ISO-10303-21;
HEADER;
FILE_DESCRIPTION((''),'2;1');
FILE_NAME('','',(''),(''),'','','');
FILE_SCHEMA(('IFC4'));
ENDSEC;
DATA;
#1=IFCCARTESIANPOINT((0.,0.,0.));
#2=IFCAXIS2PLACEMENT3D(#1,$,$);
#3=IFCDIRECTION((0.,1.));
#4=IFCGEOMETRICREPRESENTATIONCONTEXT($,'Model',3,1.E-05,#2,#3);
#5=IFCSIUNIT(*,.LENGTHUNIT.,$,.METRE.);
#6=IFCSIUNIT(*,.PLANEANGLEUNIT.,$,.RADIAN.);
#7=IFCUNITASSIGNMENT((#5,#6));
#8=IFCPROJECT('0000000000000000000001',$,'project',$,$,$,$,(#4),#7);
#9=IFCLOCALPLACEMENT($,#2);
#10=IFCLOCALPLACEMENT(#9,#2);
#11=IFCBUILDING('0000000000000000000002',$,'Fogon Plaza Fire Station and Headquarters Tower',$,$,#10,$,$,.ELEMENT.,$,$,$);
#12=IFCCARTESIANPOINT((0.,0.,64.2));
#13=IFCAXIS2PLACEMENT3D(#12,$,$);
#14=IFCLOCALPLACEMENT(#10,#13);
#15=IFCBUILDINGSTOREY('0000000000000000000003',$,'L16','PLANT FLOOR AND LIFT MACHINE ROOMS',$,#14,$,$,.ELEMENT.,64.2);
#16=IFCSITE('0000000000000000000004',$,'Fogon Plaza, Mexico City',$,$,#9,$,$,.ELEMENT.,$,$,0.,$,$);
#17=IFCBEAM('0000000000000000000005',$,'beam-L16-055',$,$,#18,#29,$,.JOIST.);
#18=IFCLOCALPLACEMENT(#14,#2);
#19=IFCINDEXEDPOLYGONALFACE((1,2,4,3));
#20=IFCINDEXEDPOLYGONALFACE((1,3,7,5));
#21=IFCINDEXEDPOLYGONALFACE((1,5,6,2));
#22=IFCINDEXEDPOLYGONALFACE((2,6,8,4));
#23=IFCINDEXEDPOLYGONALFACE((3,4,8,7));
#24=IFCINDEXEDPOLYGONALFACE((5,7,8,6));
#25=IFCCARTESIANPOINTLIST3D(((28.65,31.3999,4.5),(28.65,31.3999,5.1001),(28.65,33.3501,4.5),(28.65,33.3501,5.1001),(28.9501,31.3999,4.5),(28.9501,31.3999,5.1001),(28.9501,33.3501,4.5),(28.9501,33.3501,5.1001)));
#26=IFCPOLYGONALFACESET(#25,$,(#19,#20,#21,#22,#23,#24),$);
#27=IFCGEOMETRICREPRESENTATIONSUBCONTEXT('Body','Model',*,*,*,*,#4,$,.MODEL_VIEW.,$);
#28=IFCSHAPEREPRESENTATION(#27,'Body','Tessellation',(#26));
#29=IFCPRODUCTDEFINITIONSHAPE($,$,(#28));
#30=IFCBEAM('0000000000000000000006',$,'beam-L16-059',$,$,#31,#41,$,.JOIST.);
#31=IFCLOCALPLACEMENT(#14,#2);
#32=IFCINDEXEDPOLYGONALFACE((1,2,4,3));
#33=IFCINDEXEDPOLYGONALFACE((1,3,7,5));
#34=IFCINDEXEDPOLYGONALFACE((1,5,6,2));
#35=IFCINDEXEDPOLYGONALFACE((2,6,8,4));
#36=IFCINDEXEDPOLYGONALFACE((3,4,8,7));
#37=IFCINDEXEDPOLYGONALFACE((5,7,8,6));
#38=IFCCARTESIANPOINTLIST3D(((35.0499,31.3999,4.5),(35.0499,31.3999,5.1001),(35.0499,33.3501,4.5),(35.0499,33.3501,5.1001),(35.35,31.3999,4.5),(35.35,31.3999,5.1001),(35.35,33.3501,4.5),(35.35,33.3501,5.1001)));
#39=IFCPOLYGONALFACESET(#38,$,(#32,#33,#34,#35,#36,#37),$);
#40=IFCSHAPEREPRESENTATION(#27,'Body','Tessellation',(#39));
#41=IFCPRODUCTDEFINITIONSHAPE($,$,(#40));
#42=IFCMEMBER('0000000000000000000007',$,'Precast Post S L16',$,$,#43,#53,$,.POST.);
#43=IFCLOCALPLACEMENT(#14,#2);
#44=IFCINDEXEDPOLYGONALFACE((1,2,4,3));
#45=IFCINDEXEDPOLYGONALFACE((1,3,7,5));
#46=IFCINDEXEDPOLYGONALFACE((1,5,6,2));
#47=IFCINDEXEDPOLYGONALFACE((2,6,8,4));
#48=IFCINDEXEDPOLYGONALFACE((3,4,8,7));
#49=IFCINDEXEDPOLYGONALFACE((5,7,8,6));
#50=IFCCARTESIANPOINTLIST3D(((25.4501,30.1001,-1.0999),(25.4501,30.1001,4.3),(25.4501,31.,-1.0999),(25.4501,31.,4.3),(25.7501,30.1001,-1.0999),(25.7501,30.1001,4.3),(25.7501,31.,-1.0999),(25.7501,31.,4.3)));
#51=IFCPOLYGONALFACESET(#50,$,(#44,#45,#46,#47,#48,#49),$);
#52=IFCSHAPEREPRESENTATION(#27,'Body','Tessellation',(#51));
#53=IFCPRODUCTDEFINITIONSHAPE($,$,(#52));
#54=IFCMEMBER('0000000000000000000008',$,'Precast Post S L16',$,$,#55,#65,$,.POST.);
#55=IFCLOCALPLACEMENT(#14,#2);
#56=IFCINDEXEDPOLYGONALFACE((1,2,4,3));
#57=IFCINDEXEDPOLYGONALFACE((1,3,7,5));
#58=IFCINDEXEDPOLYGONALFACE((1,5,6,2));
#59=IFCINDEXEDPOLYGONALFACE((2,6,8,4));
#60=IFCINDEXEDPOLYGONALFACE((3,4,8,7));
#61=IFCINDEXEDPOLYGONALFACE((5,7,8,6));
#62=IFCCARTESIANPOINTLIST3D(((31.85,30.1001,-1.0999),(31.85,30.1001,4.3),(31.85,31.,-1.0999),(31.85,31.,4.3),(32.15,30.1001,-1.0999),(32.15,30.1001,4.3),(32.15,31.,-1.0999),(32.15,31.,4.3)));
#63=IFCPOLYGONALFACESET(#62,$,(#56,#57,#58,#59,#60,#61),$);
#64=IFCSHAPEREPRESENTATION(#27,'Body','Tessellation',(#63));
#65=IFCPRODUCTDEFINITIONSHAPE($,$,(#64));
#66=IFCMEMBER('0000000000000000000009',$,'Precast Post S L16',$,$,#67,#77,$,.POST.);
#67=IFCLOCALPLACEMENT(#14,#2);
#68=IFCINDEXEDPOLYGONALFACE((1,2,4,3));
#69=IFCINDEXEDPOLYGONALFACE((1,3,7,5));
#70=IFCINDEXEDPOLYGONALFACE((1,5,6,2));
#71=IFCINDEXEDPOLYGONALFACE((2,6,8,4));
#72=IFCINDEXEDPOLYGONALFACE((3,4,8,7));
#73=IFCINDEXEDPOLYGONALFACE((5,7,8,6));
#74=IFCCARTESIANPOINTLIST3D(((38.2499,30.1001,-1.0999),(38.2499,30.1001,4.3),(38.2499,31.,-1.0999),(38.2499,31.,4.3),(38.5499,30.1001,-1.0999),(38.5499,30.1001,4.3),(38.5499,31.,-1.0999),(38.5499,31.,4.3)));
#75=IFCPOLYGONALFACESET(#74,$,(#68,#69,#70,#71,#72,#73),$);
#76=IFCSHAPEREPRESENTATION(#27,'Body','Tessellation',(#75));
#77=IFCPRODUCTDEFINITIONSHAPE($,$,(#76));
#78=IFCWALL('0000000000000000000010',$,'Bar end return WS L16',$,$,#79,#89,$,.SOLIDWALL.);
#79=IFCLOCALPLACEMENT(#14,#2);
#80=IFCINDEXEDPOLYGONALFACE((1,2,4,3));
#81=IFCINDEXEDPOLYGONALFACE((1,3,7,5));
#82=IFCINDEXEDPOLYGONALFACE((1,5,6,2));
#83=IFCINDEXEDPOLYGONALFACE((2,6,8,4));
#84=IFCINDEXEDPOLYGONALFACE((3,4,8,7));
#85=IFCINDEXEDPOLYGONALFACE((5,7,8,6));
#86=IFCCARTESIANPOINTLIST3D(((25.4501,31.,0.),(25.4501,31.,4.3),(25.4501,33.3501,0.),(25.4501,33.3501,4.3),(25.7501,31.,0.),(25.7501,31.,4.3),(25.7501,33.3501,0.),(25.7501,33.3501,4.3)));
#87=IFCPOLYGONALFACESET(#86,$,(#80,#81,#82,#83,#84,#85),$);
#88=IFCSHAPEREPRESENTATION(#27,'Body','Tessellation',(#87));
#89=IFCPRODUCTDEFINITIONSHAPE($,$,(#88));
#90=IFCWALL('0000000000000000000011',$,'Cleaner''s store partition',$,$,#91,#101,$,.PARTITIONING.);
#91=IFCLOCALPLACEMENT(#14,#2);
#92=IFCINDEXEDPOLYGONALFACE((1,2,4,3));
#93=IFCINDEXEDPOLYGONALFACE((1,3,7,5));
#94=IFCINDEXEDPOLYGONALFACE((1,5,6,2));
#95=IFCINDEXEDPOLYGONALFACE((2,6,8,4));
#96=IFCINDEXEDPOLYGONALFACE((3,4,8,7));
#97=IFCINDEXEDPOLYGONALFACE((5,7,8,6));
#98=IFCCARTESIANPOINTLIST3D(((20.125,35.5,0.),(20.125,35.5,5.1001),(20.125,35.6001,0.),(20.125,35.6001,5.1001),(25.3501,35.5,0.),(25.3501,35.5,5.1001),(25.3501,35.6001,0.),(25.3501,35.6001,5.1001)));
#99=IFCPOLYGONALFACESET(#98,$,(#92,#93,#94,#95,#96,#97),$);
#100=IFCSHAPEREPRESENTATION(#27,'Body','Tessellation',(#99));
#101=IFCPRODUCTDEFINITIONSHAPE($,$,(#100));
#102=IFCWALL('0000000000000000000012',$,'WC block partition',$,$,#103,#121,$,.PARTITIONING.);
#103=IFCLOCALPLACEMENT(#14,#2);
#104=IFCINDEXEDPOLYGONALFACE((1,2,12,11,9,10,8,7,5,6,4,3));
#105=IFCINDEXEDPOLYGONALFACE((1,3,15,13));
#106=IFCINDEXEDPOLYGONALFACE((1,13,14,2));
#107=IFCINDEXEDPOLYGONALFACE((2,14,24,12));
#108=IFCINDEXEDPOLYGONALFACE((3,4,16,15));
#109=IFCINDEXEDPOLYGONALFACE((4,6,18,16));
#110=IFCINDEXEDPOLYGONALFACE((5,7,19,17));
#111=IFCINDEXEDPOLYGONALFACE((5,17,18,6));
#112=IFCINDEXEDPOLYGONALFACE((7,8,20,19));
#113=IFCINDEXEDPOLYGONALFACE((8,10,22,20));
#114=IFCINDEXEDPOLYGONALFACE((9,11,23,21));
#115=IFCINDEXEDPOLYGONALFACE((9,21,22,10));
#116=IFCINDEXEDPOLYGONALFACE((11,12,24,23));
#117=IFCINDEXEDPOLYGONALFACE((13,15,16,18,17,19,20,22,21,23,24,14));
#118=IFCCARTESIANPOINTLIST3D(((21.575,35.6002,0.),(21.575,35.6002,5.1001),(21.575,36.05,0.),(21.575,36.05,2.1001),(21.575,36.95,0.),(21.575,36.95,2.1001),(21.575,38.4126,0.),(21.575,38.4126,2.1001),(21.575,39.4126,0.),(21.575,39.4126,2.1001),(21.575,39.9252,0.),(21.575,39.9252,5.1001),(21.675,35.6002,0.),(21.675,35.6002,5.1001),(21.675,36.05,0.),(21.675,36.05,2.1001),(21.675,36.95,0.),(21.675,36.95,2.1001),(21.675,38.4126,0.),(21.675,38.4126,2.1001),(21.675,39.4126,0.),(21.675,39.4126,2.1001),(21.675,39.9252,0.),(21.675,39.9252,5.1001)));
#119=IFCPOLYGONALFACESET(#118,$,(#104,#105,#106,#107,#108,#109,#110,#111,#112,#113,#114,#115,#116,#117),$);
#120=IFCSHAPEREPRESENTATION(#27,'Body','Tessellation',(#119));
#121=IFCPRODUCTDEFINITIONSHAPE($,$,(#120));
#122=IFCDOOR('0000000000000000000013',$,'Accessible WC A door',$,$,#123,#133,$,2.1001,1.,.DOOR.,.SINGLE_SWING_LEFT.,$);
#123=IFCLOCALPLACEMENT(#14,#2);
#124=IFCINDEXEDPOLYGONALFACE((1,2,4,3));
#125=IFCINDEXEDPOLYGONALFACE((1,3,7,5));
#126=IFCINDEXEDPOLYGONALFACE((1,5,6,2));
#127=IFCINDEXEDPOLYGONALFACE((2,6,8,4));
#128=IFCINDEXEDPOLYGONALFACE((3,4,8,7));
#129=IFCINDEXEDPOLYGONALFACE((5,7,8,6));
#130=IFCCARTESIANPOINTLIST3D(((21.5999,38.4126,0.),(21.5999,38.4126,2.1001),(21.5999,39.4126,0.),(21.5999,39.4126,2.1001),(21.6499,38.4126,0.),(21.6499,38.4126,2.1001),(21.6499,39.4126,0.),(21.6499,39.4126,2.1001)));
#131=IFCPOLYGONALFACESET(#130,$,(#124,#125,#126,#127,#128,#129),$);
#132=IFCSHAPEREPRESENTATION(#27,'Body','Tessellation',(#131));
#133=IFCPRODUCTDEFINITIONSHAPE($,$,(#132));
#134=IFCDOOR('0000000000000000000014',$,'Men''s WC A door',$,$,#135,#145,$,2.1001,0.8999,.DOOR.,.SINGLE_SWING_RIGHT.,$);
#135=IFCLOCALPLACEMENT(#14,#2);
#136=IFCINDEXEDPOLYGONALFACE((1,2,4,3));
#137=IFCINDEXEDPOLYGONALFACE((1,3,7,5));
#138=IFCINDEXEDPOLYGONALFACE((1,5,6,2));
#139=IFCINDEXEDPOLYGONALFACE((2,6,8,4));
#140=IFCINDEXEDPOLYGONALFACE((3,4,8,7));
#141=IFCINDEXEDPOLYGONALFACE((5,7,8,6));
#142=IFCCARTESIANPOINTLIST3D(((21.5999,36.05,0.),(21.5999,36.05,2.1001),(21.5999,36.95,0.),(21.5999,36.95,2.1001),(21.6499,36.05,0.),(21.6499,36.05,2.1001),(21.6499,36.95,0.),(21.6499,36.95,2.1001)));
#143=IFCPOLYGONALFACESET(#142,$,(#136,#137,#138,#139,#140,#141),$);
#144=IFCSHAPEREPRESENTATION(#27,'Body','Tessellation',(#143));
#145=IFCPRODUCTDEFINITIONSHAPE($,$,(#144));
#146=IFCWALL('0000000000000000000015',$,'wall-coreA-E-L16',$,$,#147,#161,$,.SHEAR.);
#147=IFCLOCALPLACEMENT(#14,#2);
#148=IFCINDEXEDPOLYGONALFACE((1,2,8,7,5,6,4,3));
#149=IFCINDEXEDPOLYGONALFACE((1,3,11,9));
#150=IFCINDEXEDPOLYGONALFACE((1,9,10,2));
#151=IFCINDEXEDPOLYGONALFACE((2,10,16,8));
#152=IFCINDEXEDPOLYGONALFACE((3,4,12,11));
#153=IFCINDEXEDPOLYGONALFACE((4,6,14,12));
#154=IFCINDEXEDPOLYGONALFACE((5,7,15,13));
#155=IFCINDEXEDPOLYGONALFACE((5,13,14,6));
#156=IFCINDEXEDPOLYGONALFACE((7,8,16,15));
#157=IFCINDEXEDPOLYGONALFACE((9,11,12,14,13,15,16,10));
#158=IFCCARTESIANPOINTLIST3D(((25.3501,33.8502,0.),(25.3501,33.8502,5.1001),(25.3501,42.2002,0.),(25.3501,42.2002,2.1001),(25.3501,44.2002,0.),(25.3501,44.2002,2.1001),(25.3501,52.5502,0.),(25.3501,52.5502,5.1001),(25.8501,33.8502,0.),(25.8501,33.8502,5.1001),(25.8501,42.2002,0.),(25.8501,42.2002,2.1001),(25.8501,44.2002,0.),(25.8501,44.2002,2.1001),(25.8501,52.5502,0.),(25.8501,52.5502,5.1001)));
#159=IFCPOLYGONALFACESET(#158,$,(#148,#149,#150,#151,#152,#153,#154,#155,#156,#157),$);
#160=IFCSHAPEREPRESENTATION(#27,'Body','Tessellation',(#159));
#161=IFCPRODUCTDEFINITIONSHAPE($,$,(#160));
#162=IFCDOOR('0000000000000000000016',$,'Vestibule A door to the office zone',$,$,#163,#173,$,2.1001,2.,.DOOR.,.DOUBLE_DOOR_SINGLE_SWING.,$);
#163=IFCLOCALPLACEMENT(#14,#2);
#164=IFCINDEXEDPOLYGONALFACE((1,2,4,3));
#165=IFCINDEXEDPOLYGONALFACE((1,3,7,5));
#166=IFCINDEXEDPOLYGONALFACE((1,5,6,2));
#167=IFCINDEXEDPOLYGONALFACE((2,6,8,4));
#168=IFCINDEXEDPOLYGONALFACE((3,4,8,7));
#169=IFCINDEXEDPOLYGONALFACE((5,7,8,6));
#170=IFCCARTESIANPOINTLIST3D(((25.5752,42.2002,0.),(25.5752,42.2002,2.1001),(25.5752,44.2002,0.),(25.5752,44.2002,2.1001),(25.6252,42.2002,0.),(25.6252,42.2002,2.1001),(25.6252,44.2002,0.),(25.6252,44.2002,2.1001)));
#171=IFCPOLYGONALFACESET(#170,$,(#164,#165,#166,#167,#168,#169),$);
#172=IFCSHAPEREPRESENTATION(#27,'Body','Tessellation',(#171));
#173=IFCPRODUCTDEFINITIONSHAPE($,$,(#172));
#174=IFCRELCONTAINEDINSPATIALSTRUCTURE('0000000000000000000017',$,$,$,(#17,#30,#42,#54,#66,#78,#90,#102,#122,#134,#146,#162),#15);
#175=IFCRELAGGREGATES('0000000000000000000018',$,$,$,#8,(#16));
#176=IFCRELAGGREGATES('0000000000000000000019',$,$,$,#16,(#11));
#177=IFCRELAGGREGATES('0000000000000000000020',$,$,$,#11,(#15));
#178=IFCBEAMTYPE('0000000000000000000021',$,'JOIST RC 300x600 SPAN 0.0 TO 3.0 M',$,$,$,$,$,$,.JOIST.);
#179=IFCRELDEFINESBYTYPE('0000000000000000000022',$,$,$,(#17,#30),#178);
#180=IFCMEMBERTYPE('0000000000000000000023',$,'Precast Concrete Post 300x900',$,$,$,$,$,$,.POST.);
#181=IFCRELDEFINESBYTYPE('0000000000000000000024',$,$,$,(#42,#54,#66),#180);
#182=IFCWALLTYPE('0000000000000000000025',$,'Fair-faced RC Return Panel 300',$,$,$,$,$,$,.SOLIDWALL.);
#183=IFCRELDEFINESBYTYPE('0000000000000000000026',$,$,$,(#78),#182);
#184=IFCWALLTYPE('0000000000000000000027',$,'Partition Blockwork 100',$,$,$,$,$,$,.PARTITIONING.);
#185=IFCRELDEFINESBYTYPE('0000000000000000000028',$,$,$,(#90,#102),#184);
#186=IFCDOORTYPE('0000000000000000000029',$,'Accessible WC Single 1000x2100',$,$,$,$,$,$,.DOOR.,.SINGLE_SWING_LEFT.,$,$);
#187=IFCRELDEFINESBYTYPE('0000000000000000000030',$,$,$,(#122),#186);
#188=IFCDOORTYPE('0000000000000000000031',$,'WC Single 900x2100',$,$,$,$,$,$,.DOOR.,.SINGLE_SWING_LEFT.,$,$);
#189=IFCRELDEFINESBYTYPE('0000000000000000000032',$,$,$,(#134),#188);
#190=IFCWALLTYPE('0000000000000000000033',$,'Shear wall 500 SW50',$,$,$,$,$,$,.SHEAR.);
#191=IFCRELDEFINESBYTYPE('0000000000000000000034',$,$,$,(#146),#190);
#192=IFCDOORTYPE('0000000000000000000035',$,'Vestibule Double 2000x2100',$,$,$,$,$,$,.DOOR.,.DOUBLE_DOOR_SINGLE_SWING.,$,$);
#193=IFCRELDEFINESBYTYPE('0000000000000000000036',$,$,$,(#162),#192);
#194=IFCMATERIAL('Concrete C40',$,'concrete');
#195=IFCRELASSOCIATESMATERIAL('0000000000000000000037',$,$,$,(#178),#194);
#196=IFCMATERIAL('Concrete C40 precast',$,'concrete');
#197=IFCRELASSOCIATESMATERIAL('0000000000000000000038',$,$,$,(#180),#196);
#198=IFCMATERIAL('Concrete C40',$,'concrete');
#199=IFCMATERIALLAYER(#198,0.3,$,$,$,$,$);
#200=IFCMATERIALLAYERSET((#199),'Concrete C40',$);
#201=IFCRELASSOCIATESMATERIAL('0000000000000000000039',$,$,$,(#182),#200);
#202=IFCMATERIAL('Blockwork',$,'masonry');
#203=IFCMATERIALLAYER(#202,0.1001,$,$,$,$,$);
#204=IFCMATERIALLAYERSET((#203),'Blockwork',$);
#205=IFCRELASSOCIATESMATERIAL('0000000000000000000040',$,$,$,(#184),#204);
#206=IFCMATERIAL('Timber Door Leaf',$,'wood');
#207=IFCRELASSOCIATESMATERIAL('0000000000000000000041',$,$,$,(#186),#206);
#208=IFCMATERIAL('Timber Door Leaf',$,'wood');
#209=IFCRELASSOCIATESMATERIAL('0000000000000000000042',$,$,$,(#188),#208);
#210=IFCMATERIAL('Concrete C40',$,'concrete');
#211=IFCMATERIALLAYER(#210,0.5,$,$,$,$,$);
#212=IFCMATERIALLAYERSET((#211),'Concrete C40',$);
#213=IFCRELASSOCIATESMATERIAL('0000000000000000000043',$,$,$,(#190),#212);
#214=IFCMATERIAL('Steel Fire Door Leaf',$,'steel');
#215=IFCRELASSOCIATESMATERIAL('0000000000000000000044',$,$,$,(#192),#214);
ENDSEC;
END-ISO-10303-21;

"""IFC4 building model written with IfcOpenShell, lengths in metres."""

from ifc_helpers import new_model, si_unit, direction, frame, frame_2d, origin, origin_2d, place, context, subcontext, project, spatial, rectangle, extrude, material, layer, layer_set, material_profile, profile_set, type_object, element, fill, save


model = new_model("IFC4")

# Units and contexts
model_context = context("Model", 3, precision=1e-05, world=origin(), true_north=direction((0.0, 1.0)))
body_context = subcontext(model_context, "Body", "Model", "MODEL_VIEW")
ifc_project = project(units=[si_unit("LENGTHUNIT", "METRE"), si_unit("PLANEANGLEUNIT", "RADIAN")], contexts=[model_context])

# Site, building, storey
site_placement = place(None, origin())
site = spatial("IfcSite", under=ifc_project, at=site_placement, Name="Fogon Plaza, Mexico City", CompositionType="ELEMENT", RefElevation=0.0)
building_placement = place(site_placement, origin())
building = spatial("IfcBuilding", under=site, at=building_placement, Name="Fogon Plaza Fire Station and Headquarters Tower", CompositionType="ELEMENT")
storey_placement = place(building_placement, frame((0.0, 0.0, 64.2)))
storey = spatial("IfcBuildingStorey", under=building, at=storey_placement, Name="L16", Description="PLANT FLOOR AND LIFT MACHINE ROOMS", CompositionType="ELEMENT", Elevation=64.2)

# Beams
ifc_material_1 = material(Name="Concrete C40", Category="concrete")
ifc_material_profile_1 = material_profile(ifc_material_1, rectangle(XDim=0.3, YDim=0.6001, at=origin_2d()), Name="RC 300x600")
ifc_profile_set_1 = profile_set([ifc_material_profile_1], Name="Concrete C40")
beam_type_1 = type_object("IfcBeamType", Name="JOIST RC 300x600 SPAN 0.0 TO 3.0 M", PredefinedType="JOIST", material=ifc_profile_set_1)
for number, where, z_axis, x_axis, name in (
    (1, (28.8, 31.3999, 4.8), (0.0, 1.0, 0.0), (-1.0, 0.0, 0.0), "beam-L16-055"),
    (2, (35.2, 31.3999, 4.8), (0.0, 1.0, 0.0), (-1.0, 0.0, 0.0), "beam-L16-059"),
):
    element("IfcBeam", number, at=place(storey_placement, frame(where, z_axis=z_axis, x_axis=x_axis)), inside=storey, type_object=beam_type_1, Name=name, PredefinedType="JOIST", context=body_context, shape_type="SweptSolid", body=[
        extrude(rectangle(XDim=0.3, YDim=0.6001, at=origin_2d()), origin(), (0.0, 0.0, 1.0), 1.9502),
    ])

# Members
ifc_material_2 = material(Name="Concrete C40 precast", Category="concrete")
ifc_material_profile_2 = material_profile(ifc_material_2, rectangle(XDim=0.3, YDim=0.8999, at=origin_2d()), Name="Precast Concrete Post 300x900")
ifc_profile_set_2 = profile_set([ifc_material_profile_2], Name="Concrete C40 precast")
member_type = type_object("IfcMemberType", Name="Precast Concrete Post 300x900", PredefinedType="POST", material=ifc_profile_set_2)
for number, where, z_axis, x_axis, name in (
    (3, (25.6001, 30.55, -1.0999), (0.0, 0.0, 1.0), (1.0, 0.0, 0.0), "Precast Post S L16"),
    (4, (32.0, 30.55, -1.0999), (0.0, 0.0, 1.0), (1.0, 0.0, 0.0), "Precast Post S L16"),
    (5, (38.3999, 30.55, -1.0999), (0.0, 0.0, 1.0), (1.0, 0.0, 0.0), "Precast Post S L16"),
):
    element("IfcMember", number, at=place(storey_placement, frame(where, z_axis=z_axis, x_axis=x_axis)), inside=storey, type_object=member_type, Name=name, PredefinedType="POST", context=body_context, shape_type="SweptSolid", body=[
        extrude(rectangle(XDim=0.3, YDim=0.8999, at=origin_2d()), origin(), (0.0, 0.0, 1.0), 5.3999),
    ])

# Walls
ifc_material_3 = material(Name="Concrete C40", Category="concrete")
ifc_layer_1 = layer(ifc_material_3, 0.3)
ifc_layer_set_1 = layer_set([ifc_layer_1], Name="Concrete C40")
wall_type_1 = type_object("IfcWallType", Name="Fair-faced RC Return Panel 300", PredefinedType="SOLIDWALL", material=ifc_layer_set_1)
wall_1_placement = place(storey_placement, frame((25.6001, 31.0, 0.0), z_axis=(0.0, 0.0, 1.0), x_axis=(0.0, 1.0, 0.0)))
element("IfcWall", 6, at=wall_1_placement, inside=storey, type_object=wall_type_1, Name="Bar end return WS L16", PredefinedType="SOLIDWALL", context=body_context, shape_type="SweptSolid", body=[
    extrude(rectangle(XDim=2.3501, YDim=0.3, at=frame_2d((1.175, 0.0))), origin(), (0.0, 0.0, 1.0), 4.3),
])
ifc_material_4 = material(Name="Blockwork", Category="masonry")
ifc_layer_2 = layer(ifc_material_4, 0.1001)
ifc_layer_set_2 = layer_set([ifc_layer_2], Name="Blockwork")
wall_type_2 = type_object("IfcWallType", Name="Partition Blockwork 100", PredefinedType="PARTITIONING", material=ifc_layer_set_2)
wall_2_placement = place(storey_placement, frame((20.125, 35.55, 0.0), z_axis=(0.0, 0.0, 1.0), x_axis=(1.0, 0.0, 0.0)))
element("IfcWall", 7, at=wall_2_placement, inside=storey, type_object=wall_type_2, Name="Cleaner's store partition", PredefinedType="PARTITIONING", context=body_context, shape_type="SweptSolid", body=[
    extrude(rectangle(XDim=5.2251, YDim=0.1001, at=frame_2d((2.6125, 0.0))), origin(), (0.0, 0.0, 1.0), 5.1001),
])

# Wall, openings, doors
wall_3_placement = place(storey_placement, frame((21.625, 35.6001, 0.0), z_axis=(0.0, 0.0, 1.0), x_axis=(0.0, 1.0, 0.0)))
wall_3 = element("IfcWall", 8, at=wall_3_placement, inside=storey, type_object=wall_type_2, Name="WC block partition", PredefinedType="PARTITIONING", context=body_context, shape_type="SweptSolid", body=[
    extrude(rectangle(XDim=4.325, YDim=0.1001, at=frame_2d((2.1626, 0.0))), origin(), (0.0, 0.0, 1.0), 5.1001),
])
opening_1_placement = place(wall_3_placement, frame((0.45, 0.0, 0.0)))
opening_1 = element("IfcOpeningElement", 9, at=opening_1_placement, cuts=wall_3, PredefinedType="OPENING", context=body_context, shape_type="SweptSolid", body=[
    extrude(rectangle(XDim=0.8999, YDim=2.1001, at=frame_2d((0.45, 1.05))), frame((0.0, 0.0601, 0.0), z_axis=(0.0, -1.0, 0.0), x_axis=(1.0, 0.0, 0.0)), (0.0, 0.0, 1.0), 0.1201),
])
opening_2_placement = place(wall_3_placement, frame((2.8125, 0.0, 0.0)))
opening_2 = element("IfcOpeningElement", 10, at=opening_2_placement, cuts=wall_3, PredefinedType="OPENING", context=body_context, shape_type="SweptSolid", body=[
    extrude(rectangle(XDim=1.0, YDim=2.1001, at=frame_2d((0.5, 1.05))), frame((0.0, 0.0601, 0.0), z_axis=(0.0, -1.0, 0.0), x_axis=(1.0, 0.0, 0.0)), (0.0, 0.0, 1.0), 0.1201),
])
ifc_material_5 = material(Name="Timber Door Leaf", Category="wood")
door_type_1 = type_object("IfcDoorType", Name="Accessible WC Single 1000x2100", OperationType="SINGLE_SWING_LEFT", PredefinedType="DOOR", material=ifc_material_5)
door_1_placement = place(opening_2_placement, frame((1.0, 0.0, 0.0), z_axis=(0.0, 0.0, 1.0), x_axis=(-1.0, 0.0, 0.0)))
door_1 = element("IfcDoor", 11, at=door_1_placement, inside=storey, type_object=door_type_1, Name="Accessible WC A door", OperationType="SINGLE_SWING_LEFT", OverallHeight=2.1001, OverallWidth=1.0, PredefinedType="DOOR", context=body_context, shape_type="SweptSolid", body=[
    extrude(rectangle(XDim=1.0, YDim=2.1001, at=frame_2d((0.5, 1.05))), frame((0.0, 0.0249, 0.0), z_axis=(0.0, -1.0, 0.0), x_axis=(1.0, 0.0, 0.0)), (0.0, 0.0, 1.0), 0.05),
])
fill(opening_2, door_1)
ifc_material_6 = material(Name="Timber Door Leaf", Category="wood")
door_type_2 = type_object("IfcDoorType", Name="WC Single 900x2100", OperationType="SINGLE_SWING_LEFT", PredefinedType="DOOR", material=ifc_material_6)
door_2_placement = place(opening_1_placement, frame((0.8999, 0.0, 0.0), z_axis=(0.0, 0.0, 1.0), x_axis=(-1.0, 0.0, 0.0)))
door_2 = element("IfcDoor", 12, at=door_2_placement, inside=storey, type_object=door_type_2, Name="Men's WC A door", OperationType="SINGLE_SWING_RIGHT", OverallHeight=2.1001, OverallWidth=0.8999, PredefinedType="DOOR", context=body_context, shape_type="SweptSolid", body=[
    extrude(rectangle(XDim=0.8999, YDim=2.1001, at=frame_2d((0.45, 1.05))), frame((0.0, 0.0249, 0.0), z_axis=(0.0, -1.0, 0.0), x_axis=(1.0, 0.0, 0.0)), (0.0, 0.0, 1.0), 0.05),
])
fill(opening_1, door_2)

# Wall, opening, door
ifc_material_7 = material(Name="Concrete C40", Category="concrete")
ifc_layer_3 = layer(ifc_material_7, 0.5)
ifc_layer_set_3 = layer_set([ifc_layer_3], Name="Concrete C40")
wall_type_3 = type_object("IfcWallType", Name="Shear wall 500 SW50", PredefinedType="SHEAR", material=ifc_layer_set_3)
wall_4_placement = place(storey_placement, frame((25.6001, 33.8501, 0.0), z_axis=(0.0, 0.0, 1.0), x_axis=(0.0, 1.0, 0.0)))
wall_4 = element("IfcWall", 13, at=wall_4_placement, inside=storey, type_object=wall_type_3, Name="wall-coreA-E-L16", PredefinedType="SHEAR", context=body_context, shape_type="SweptSolid", body=[
    extrude(rectangle(XDim=18.7, YDim=0.5, at=frame_2d((9.3501, 0.0))), origin(), (0.0, 0.0, 1.0), 5.1001),
])
opening_3_placement = place(wall_4_placement, frame((8.3501, 0.0, 0.0)))
opening_3 = element("IfcOpeningElement", 14, at=opening_3_placement, cuts=wall_4, PredefinedType="OPENING", context=body_context, shape_type="SweptSolid", body=[
    extrude(rectangle(XDim=2.0, YDim=2.1001, at=frame_2d((1.0, 1.05))), frame((0.0, 0.26, 0.0), z_axis=(0.0, -1.0, 0.0), x_axis=(1.0, 0.0, 0.0)), (0.0, 0.0, 1.0), 0.52),
])
ifc_material_8 = material(Name="Steel Fire Door Leaf", Category="steel")
door_type_3 = type_object("IfcDoorType", Name="Vestibule Double 2000x2100", OperationType="DOUBLE_DOOR_SINGLE_SWING", PredefinedType="DOOR", material=ifc_material_8)
door_3_placement = place(opening_3_placement, origin())
door_3 = element("IfcDoor", 15, at=door_3_placement, inside=storey, type_object=door_type_3, Name="Vestibule A door to the office zone", OperationType="DOUBLE_DOOR_SINGLE_SWING", OverallHeight=2.1001, OverallWidth=2.0, PredefinedType="DOOR", context=body_context, shape_type="SweptSolid", body=[
    extrude(rectangle(XDim=2.0, YDim=2.1001, at=frame_2d((1.0, 1.05))), frame((0.0, 0.0249, 0.0), z_axis=(0.0, -1.0, 0.0), x_axis=(1.0, 0.0, 0.0)), (0.0, 0.0, 1.0), 0.05),
])
fill(opening_3, door_3)

save(model, "model.ifc")
